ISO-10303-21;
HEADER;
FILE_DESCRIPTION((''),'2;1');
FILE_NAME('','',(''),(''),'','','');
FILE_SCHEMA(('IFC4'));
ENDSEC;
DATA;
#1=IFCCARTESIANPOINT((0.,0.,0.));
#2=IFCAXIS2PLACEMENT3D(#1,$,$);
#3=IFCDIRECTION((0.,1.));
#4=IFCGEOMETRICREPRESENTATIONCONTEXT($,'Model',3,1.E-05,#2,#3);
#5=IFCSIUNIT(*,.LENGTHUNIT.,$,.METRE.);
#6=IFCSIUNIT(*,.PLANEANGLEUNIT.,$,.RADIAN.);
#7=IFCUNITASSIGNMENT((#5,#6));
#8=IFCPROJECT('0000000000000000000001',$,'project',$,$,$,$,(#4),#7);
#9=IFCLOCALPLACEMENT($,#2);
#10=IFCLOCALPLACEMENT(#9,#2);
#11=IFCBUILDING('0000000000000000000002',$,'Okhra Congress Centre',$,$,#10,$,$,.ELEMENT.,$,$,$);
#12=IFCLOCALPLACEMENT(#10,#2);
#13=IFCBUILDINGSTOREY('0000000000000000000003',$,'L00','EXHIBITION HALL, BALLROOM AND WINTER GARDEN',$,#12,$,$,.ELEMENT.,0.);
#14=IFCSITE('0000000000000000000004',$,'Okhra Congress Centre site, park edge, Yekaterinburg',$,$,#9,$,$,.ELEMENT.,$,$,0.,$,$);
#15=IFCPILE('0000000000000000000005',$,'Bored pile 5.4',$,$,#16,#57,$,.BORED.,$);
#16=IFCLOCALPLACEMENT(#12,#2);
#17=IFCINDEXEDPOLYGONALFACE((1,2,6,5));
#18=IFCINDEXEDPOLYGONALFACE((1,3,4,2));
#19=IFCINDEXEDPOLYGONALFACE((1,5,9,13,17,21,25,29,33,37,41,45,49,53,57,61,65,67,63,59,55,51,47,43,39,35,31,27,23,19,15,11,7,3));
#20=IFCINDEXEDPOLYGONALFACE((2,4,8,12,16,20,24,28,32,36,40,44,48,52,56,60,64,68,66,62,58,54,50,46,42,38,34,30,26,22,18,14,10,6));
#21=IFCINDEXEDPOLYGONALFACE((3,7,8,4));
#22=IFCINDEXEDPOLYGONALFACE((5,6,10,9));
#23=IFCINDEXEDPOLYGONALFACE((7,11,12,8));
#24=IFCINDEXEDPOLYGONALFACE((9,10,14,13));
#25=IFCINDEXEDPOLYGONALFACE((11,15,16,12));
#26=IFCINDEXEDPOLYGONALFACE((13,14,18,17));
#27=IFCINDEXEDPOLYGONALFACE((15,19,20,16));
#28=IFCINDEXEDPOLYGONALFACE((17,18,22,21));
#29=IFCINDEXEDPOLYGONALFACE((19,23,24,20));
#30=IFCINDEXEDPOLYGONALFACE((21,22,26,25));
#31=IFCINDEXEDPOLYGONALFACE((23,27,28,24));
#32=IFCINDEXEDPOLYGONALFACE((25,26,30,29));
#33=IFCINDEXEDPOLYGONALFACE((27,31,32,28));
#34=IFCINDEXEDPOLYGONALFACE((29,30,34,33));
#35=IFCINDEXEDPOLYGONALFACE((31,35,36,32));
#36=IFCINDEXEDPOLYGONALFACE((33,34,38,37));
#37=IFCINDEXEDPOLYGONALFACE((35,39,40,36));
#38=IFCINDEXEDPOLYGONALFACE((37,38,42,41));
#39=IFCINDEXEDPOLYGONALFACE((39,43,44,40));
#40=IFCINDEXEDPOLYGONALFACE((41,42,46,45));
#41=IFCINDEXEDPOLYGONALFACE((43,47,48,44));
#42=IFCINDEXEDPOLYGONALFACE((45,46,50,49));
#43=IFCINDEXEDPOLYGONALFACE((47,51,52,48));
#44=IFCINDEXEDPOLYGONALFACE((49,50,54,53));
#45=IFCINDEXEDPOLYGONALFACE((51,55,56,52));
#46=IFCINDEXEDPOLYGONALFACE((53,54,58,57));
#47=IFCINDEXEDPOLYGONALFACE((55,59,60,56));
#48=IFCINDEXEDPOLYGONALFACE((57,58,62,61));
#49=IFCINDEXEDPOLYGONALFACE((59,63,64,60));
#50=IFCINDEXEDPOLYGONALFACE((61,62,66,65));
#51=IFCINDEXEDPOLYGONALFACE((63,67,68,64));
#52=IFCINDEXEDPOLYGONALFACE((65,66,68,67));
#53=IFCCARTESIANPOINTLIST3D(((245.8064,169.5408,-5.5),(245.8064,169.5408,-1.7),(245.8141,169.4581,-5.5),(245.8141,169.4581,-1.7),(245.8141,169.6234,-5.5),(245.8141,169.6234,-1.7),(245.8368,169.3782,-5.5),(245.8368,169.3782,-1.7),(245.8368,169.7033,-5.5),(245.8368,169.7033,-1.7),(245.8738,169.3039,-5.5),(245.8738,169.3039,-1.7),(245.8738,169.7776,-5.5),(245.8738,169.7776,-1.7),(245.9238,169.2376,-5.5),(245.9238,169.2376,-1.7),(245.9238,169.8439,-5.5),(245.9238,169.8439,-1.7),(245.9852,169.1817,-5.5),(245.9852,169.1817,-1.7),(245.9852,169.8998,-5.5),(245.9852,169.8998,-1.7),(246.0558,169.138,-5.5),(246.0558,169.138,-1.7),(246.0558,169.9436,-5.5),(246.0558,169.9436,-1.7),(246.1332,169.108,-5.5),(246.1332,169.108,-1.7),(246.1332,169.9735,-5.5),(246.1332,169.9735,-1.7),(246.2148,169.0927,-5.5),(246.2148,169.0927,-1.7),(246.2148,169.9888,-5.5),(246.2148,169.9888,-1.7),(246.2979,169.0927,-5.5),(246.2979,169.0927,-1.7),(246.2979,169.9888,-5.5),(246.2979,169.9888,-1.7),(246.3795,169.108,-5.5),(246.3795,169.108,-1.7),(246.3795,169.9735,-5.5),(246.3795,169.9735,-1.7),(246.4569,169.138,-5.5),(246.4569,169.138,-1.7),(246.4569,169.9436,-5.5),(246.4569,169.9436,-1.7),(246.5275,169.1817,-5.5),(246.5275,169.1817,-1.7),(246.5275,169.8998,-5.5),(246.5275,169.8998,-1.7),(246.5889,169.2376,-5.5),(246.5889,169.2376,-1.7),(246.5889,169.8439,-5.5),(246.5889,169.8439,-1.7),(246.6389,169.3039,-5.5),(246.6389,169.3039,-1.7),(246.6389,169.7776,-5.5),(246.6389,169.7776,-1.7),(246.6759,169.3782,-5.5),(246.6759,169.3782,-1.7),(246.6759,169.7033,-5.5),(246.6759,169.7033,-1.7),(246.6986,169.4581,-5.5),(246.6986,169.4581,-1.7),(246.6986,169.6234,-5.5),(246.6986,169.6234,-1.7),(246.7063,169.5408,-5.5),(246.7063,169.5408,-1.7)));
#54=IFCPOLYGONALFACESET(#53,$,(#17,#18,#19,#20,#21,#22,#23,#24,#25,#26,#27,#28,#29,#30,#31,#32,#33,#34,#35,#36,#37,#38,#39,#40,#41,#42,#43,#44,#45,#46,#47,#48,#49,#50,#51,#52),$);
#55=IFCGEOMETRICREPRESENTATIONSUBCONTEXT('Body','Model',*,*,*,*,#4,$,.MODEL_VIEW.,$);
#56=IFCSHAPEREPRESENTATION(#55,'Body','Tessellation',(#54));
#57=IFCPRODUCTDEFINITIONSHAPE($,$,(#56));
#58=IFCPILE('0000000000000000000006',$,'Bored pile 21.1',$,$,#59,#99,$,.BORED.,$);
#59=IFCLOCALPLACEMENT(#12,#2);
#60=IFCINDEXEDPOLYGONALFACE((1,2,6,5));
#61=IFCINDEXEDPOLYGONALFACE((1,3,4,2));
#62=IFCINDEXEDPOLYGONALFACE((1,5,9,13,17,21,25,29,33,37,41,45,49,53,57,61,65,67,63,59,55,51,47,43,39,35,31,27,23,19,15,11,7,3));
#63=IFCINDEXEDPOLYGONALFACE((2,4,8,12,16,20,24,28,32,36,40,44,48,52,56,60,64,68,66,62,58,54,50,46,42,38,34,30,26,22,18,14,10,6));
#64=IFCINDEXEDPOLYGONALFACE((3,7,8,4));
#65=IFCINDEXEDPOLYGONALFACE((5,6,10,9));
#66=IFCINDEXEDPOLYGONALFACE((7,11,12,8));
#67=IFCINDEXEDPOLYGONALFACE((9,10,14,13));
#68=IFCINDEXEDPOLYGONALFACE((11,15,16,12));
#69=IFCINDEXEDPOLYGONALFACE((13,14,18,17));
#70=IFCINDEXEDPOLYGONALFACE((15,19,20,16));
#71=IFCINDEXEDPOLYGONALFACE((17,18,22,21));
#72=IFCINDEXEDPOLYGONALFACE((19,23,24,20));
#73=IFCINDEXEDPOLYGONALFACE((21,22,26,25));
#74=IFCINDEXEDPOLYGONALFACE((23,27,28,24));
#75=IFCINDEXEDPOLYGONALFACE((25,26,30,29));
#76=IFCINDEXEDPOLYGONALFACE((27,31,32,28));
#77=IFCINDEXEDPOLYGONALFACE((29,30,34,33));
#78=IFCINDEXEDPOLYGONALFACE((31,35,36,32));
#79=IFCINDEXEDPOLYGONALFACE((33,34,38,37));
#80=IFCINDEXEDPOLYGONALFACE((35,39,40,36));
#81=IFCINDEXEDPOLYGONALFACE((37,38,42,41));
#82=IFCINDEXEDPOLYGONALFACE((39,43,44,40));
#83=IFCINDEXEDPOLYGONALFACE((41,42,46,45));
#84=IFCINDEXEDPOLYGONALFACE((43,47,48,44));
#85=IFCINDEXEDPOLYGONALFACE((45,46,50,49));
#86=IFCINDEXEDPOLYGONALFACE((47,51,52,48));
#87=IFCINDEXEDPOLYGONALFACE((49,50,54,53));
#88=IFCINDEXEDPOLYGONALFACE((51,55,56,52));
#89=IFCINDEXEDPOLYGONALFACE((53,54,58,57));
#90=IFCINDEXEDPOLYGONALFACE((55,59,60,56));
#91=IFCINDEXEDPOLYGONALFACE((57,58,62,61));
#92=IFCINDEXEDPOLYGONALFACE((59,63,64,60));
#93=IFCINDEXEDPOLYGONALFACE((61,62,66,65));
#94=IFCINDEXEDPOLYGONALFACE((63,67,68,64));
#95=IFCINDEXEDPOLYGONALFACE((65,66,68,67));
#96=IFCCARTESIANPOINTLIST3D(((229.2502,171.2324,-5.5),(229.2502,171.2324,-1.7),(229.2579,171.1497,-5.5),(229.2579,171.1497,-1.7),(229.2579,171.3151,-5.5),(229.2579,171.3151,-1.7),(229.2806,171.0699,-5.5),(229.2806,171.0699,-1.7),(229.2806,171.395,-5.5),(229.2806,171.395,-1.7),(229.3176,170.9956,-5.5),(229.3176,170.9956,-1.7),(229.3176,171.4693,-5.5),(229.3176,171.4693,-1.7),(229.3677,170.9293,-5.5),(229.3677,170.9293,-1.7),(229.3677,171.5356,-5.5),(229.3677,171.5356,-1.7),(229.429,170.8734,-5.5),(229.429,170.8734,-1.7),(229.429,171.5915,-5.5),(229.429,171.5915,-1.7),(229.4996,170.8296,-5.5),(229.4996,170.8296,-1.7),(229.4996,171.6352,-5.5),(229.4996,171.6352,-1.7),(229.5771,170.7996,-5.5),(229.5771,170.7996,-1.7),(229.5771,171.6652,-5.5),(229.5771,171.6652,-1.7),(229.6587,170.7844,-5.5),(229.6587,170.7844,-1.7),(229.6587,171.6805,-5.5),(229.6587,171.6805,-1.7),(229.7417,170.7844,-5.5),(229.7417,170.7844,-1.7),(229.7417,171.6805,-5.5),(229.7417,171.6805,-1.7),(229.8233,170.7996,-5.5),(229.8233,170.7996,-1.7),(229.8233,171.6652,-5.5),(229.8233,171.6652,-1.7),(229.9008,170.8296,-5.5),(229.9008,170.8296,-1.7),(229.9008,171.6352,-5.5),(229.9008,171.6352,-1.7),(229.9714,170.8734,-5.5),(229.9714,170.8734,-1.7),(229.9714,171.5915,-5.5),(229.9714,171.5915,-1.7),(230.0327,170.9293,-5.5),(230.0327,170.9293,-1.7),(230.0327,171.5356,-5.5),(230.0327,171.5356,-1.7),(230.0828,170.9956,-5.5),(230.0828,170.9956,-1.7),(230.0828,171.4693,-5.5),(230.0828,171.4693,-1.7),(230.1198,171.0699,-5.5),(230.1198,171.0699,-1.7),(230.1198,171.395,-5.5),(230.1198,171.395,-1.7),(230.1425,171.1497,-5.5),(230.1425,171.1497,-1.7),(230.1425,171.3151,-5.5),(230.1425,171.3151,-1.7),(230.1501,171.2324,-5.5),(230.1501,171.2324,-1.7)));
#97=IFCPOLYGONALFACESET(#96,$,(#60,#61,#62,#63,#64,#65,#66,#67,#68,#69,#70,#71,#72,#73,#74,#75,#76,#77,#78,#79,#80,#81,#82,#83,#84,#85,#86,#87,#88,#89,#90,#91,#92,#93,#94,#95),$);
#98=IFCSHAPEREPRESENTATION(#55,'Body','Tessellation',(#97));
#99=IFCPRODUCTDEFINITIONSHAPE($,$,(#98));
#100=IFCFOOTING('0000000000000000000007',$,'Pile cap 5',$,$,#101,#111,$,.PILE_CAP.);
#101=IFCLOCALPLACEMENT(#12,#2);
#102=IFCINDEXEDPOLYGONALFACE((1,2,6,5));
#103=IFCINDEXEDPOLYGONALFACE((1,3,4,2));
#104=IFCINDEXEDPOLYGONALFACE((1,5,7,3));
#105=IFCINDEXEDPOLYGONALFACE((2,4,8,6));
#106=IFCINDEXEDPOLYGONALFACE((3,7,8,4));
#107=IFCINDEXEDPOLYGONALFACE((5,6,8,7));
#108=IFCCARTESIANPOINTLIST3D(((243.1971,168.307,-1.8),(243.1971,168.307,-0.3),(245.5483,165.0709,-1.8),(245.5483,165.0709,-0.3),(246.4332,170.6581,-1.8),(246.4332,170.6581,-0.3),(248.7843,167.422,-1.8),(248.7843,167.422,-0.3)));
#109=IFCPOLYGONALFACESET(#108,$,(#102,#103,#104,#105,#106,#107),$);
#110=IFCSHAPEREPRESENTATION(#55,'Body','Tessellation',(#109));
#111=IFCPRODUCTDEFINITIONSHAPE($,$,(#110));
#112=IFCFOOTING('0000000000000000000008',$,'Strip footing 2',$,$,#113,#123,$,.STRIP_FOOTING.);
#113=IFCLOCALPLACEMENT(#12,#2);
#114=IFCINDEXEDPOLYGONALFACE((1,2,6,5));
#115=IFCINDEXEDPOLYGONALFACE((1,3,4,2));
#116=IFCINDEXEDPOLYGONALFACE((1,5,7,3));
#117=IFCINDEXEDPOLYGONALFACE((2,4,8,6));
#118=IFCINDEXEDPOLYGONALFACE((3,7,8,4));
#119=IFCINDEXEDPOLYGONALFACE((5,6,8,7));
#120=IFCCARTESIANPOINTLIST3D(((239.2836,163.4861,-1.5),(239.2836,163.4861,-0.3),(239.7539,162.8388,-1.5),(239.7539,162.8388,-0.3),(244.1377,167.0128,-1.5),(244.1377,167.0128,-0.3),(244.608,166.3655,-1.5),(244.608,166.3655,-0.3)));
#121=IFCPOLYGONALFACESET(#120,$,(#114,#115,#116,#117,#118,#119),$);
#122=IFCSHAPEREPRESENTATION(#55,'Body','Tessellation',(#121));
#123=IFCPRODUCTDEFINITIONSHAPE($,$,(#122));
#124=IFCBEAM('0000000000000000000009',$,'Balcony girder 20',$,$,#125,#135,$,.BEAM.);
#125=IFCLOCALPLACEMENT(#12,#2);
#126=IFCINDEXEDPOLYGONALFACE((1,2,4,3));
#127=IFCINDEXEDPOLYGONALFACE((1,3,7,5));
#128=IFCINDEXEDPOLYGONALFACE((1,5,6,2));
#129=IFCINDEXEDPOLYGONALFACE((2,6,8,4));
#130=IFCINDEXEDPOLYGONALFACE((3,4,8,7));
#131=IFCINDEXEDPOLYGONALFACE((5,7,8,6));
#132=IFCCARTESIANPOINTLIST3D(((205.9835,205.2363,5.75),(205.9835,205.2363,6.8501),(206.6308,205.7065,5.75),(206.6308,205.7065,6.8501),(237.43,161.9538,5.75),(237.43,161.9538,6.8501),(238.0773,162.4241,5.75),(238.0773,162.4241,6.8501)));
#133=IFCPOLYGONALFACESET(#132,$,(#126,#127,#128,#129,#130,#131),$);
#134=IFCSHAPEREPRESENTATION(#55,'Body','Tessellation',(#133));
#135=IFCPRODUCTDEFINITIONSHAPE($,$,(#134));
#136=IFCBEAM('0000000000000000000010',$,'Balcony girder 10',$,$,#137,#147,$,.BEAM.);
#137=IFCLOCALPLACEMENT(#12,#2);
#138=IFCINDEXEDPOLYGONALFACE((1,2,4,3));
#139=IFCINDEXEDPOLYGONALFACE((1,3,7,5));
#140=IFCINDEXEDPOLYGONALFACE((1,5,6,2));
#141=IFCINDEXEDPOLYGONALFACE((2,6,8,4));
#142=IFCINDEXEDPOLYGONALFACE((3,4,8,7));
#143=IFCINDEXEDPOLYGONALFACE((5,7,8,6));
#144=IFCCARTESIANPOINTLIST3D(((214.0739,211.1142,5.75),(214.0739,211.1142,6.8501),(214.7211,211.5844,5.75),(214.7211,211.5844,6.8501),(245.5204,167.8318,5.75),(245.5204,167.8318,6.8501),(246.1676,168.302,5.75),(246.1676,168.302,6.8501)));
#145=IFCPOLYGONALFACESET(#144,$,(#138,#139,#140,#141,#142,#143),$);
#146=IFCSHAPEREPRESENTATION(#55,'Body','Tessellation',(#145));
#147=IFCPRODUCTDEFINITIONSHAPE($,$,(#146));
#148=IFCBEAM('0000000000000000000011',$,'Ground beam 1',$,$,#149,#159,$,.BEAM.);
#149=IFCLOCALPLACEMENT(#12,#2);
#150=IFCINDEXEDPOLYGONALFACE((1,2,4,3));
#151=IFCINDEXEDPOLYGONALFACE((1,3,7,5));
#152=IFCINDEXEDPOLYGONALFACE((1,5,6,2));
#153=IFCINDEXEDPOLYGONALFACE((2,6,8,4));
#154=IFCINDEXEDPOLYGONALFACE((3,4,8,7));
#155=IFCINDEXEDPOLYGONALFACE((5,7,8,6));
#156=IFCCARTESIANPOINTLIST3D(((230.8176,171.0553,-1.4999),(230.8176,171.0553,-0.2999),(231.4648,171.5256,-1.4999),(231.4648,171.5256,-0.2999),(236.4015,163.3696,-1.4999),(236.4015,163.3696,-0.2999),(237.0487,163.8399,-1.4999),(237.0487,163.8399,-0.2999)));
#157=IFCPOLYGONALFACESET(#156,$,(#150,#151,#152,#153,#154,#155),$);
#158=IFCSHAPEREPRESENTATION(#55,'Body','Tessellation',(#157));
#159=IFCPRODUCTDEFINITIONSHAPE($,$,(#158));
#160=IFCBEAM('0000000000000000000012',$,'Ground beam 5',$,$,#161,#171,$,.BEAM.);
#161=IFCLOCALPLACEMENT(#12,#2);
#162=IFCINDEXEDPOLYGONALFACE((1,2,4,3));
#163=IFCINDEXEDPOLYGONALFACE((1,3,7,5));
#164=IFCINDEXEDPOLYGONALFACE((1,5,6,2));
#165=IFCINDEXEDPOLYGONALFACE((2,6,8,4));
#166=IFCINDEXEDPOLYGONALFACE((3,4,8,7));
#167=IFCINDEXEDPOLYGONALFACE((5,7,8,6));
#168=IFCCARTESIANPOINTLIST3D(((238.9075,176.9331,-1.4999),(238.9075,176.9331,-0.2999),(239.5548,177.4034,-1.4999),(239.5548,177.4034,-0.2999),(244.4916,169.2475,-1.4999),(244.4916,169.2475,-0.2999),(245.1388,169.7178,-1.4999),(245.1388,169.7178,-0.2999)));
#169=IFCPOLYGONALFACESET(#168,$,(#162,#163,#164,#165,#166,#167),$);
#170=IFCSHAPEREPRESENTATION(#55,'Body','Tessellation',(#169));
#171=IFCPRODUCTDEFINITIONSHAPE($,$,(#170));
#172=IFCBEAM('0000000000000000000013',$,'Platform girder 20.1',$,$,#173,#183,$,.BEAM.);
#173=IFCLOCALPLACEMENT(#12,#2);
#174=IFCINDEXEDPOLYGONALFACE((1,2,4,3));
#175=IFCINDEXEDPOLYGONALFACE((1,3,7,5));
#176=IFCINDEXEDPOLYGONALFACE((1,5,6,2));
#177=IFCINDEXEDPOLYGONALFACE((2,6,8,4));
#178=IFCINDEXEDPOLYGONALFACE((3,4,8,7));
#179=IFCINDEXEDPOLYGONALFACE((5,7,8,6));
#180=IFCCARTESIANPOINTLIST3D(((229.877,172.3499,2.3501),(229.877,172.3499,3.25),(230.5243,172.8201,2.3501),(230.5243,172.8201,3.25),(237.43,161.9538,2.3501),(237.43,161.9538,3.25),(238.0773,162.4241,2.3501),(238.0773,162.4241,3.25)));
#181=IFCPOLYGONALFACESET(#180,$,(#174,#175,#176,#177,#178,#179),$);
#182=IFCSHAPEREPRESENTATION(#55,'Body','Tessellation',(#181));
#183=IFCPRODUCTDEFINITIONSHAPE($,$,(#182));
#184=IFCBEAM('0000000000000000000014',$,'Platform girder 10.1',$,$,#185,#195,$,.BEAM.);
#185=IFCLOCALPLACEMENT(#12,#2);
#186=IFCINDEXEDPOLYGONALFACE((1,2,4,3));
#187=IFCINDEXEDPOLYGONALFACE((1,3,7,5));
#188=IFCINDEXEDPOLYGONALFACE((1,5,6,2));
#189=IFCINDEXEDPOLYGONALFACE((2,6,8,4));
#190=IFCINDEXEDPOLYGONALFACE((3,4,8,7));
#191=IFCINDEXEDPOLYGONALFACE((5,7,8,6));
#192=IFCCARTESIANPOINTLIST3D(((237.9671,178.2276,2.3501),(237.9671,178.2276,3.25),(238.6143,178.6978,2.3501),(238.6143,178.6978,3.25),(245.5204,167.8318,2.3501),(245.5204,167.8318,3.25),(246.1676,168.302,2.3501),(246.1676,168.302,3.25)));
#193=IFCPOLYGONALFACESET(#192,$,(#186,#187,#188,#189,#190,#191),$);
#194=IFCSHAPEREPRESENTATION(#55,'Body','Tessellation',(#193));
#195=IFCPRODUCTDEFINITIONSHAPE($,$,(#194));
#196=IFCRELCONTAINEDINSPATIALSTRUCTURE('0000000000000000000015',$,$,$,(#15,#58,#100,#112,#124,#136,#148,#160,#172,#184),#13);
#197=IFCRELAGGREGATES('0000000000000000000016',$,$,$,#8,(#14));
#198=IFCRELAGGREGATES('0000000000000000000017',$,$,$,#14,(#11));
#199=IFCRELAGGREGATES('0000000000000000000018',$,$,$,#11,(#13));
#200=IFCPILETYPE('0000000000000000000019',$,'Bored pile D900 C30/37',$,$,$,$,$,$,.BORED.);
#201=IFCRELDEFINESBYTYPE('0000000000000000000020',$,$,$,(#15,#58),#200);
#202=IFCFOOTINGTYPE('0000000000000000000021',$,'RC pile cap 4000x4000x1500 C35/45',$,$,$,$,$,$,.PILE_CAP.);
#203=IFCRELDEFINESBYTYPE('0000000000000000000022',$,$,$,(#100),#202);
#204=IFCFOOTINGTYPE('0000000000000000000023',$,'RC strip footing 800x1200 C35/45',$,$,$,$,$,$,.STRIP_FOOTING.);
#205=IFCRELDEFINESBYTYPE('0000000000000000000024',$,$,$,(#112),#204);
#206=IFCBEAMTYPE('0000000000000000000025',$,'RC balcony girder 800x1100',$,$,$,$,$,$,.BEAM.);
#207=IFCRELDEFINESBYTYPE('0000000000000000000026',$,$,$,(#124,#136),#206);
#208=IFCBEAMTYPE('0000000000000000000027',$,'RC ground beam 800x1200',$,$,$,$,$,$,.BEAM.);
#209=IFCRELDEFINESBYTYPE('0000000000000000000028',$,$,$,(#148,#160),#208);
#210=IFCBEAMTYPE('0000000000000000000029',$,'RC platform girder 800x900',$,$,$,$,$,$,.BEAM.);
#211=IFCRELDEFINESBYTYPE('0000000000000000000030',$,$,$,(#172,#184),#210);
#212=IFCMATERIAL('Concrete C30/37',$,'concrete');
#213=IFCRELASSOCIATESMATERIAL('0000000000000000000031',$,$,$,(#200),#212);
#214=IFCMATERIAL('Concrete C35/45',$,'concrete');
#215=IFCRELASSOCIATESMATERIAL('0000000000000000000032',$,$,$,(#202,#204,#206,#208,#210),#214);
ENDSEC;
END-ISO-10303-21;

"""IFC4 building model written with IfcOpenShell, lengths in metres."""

from ifc_helpers import new_model, si_unit, direction, frame, origin, origin_2d, place, context, subcontext, project, spatial, rectangle, circle, extrude, material, material_profile, profile_set, type_object, element, save


model = new_model("IFC4")

# Units and contexts
model_context = context("Model", 3, precision=1e-05, world=origin(), true_north=direction((0.0, 1.0)))
body_context = subcontext(model_context, "Body", "Model", "MODEL_VIEW")
ifc_project = project(units=[si_unit("LENGTHUNIT", "METRE"), si_unit("PLANEANGLEUNIT", "RADIAN")], contexts=[model_context])

# Site, building, storey
site_placement = place(None, origin())
site = spatial("IfcSite", under=ifc_project, at=site_placement, Name="Okhra Congress Centre site, park edge, Yekaterinburg", CompositionType="ELEMENT", RefElevation=0.0)
building_placement = place(site_placement, origin())
building = spatial("IfcBuilding", under=site, at=building_placement, Name="Okhra Congress Centre", CompositionType="ELEMENT")
storey_placement = place(building_placement, origin())
storey = spatial("IfcBuildingStorey", under=building, at=storey_placement, Name="L00", Description="EXHIBITION HALL, BALLROOM AND WINTER GARDEN", CompositionType="ELEMENT", Elevation=0.0)

# Piles
ifc_material_1 = material(Name="Concrete C30/37", Category="concrete")
ifc_material_profile_1 = material_profile(ifc_material_1, circle(Radius=0.45, at=origin_2d()), Name="D900")
ifc_profile_set_1 = profile_set([ifc_material_profile_1], Name="Concrete C30/37")
pile_type = type_object("IfcPileType", Name="Bored pile D900 C30/37", PredefinedType="BORED", material=ifc_profile_set_1)
for number, where, z_axis, x_axis, name in (
    (1, (246.2563, 169.5408, -1.7), (0.0, 0.0, -1.0), (1.0, 0.0, 0.0), "Bored pile 5.4"),
    (2, (229.7002, 171.2324, -1.7), (0.0, 0.0, -1.0), (1.0, 0.0, 0.0), "Bored pile 21.1"),
):
    element("IfcPile", number, at=place(storey_placement, frame(where, z_axis=z_axis, x_axis=x_axis)), inside=storey, type_object=pile_type, Name=name, PredefinedType="BORED", context=body_context, shape_type="SweptSolid", body=[
        extrude(circle(Radius=0.45, at=origin_2d()), origin(), (0.0, 0.0, 1.0), 3.8),
    ])

# Footings
ifc_material_2 = material(Name="Concrete C35/45", Category="concrete")
footing_type_1 = type_object("IfcFootingType", Name="RC pile cap 4000x4000x1500 C35/45", PredefinedType="PILE_CAP", material=ifc_material_2)
footing_1_placement = place(storey_placement, frame((245.9907, 167.8645, -1.8), z_axis=(0.0, 0.0, 1.0), x_axis=(0.809017, 0.587785, 0.0)))
element("IfcFooting", 3, at=footing_1_placement, inside=storey, type_object=footing_type_1, Name="Pile cap 5", PredefinedType="PILE_CAP", context=body_context, shape_type="SweptSolid", body=[
    extrude(rectangle(XDim=4.0, YDim=4.0, at=origin_2d()), origin(), (0.0, 0.0, 1.0), 1.5),
])
footing_type_2 = type_object("IfcFootingType", Name="RC strip footing 800x1200 C35/45", PredefinedType="STRIP_FOOTING", material=ifc_material_2)
footing_2_placement = place(storey_placement, frame((241.9458, 164.9258, -1.5), z_axis=(0.0, 0.0, 1.0), x_axis=(0.809017, 0.587785, 0.0)))
element("IfcFooting", 4, at=footing_2_placement, inside=storey, type_object=footing_type_2, Name="Strip footing 2", PredefinedType="STRIP_FOOTING", context=body_context, shape_type="SweptSolid", body=[
    extrude(rectangle(XDim=6.0, YDim=0.8, at=origin_2d()), origin(), (0.0, 0.0, 1.0), 1.2),
])

# Beams
ifc_material_profile_2 = material_profile(ifc_material_2, rectangle(XDim=0.8, YDim=1.1001, at=origin_2d()), Name="RC balcony girder 800x1100")
ifc_profile_set_2 = profile_set([ifc_material_profile_2], Name="Concrete C35/45")
beam_type_1 = type_object("IfcBeamType", Name="RC balcony girder 800x1100", PredefinedType="BEAM", material=ifc_profile_set_2)
for number, where, z_axis, x_axis, name in (
    (5, (237.7537, 162.189, 6.3), (-0.587785, 0.809017, 0.0), (-0.809017, -0.587785, 0.0), "Balcony girder 20"),
    (6, (245.844, 168.0669, 6.3), (-0.587785, 0.809017, 0.0), (-0.809017, -0.587785, 0.0), "Balcony girder 10"),
):
    element("IfcBeam", number, at=place(storey_placement, frame(where, z_axis=z_axis, x_axis=x_axis)), inside=storey, type_object=beam_type_1, Name=name, PredefinedType="BEAM", context=body_context, shape_type="SweptSolid", body=[
        extrude(rectangle(XDim=0.8, YDim=1.1001, at=origin_2d()), origin(), (0.0, 0.0, 1.0), 53.5),
    ])
ifc_material_profile_3 = material_profile(ifc_material_2, rectangle(XDim=0.8, YDim=1.2, at=origin_2d()), Name="RC ground beam 800x1200")
ifc_profile_set_3 = profile_set([ifc_material_profile_3], Name="Concrete C35/45")
beam_type_2 = type_object("IfcBeamType", Name="RC ground beam 800x1200", PredefinedType="BEAM", material=ifc_profile_set_3)
for number, where, z_axis, x_axis, name in (
    (7, (236.7251, 163.6047, -0.8999), (-0.58778, 0.80902, 0.0), (-0.80902, -0.58778, 0.0), "Ground beam 1"),
    (8, (244.8152, 169.4827, -0.8999), (-0.587793, 0.809012, 0.0), (-0.809012, -0.587793, 0.0), "Ground beam 5"),
):
    element("IfcBeam", number, at=place(storey_placement, frame(where, z_axis=z_axis, x_axis=x_axis)), inside=storey, type_object=beam_type_2, Name=name, PredefinedType="BEAM", context=body_context, shape_type="SweptSolid", body=[
        extrude(rectangle(XDim=0.8, YDim=1.2, at=origin_2d()), origin(), (0.0, 0.0, 1.0), 9.5),
    ])
ifc_material_profile_4 = material_profile(ifc_material_2, rectangle(XDim=0.8, YDim=0.8999, at=origin_2d()), Name="RC platform girder 800x900")
ifc_profile_set_4 = profile_set([ifc_material_profile_4], Name="Concrete C35/45")
beam_type_3 = type_object("IfcBeamType", Name="RC platform girder 800x900", PredefinedType="BEAM", material=ifc_profile_set_4)
for number, where, z_axis, x_axis, name in (
    (9, (237.7537, 162.189, 2.8), (-0.587777, 0.809023, 0.0), (-0.809023, -0.587777, 0.0), "Platform girder 20.1"),
    (10, (245.844, 168.0669, 2.8), (-0.587799, 0.809007, 0.0), (-0.809007, -0.587799, 0.0), "Platform girder 10.1"),
):
    element("IfcBeam", number, at=place(storey_placement, frame(where, z_axis=z_axis, x_axis=x_axis)), inside=storey, type_object=beam_type_3, Name=name, PredefinedType="BEAM", context=body_context, shape_type="SweptSolid", body=[
        extrude(rectangle(XDim=0.8, YDim=0.8999, at=origin_2d()), origin(), (0.0, 0.0, 1.0), 12.8501),
    ])

save(model, "model.ifc")
